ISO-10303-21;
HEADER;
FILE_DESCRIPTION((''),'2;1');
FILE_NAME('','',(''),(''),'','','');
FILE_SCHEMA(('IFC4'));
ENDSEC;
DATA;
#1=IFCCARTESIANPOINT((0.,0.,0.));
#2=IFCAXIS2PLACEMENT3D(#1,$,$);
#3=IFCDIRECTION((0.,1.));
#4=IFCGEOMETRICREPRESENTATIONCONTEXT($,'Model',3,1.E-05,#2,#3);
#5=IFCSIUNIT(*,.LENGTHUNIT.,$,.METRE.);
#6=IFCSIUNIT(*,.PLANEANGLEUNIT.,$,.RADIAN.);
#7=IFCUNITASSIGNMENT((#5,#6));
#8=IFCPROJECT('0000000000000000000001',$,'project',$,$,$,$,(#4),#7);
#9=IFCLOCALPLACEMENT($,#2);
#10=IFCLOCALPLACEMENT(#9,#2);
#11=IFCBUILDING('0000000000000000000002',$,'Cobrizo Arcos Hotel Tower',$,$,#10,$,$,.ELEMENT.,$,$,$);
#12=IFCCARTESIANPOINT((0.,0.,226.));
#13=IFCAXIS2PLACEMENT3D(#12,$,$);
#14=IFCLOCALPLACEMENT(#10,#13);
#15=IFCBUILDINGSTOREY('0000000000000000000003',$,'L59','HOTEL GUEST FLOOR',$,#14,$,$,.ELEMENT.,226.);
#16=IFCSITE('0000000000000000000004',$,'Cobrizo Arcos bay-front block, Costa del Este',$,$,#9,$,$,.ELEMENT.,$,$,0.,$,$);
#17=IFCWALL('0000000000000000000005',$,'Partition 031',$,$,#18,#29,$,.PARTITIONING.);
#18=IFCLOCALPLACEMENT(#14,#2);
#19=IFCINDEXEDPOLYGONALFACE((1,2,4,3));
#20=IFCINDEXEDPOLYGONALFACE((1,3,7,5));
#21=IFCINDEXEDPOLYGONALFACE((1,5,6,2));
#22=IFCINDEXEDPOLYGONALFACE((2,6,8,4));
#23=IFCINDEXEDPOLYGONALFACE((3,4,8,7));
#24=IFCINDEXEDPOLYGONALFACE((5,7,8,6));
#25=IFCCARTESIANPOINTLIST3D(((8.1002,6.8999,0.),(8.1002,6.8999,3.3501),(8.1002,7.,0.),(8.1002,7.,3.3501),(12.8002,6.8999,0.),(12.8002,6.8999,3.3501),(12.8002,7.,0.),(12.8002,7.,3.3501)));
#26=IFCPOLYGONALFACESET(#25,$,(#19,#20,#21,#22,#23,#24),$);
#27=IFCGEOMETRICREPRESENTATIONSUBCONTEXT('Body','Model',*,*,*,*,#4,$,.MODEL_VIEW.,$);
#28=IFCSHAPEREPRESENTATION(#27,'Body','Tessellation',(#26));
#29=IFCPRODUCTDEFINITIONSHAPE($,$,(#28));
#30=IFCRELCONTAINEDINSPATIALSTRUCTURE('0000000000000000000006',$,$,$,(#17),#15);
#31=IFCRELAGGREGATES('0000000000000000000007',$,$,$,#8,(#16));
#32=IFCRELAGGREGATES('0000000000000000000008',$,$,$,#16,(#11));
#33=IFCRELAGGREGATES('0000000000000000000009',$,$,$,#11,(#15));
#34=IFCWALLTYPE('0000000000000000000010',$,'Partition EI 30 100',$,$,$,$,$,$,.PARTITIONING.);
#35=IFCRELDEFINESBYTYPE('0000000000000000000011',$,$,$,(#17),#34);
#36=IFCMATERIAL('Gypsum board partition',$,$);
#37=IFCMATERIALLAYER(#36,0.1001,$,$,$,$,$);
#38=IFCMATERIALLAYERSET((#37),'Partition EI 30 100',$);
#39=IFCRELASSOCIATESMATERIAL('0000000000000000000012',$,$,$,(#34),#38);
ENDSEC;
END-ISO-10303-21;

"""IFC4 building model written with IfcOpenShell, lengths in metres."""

from ifc_helpers import new_model, si_unit, direction, frame, frame_2d, origin, place, context, subcontext, project, spatial, rectangle, extrude, material, layer, layer_set, type_object, element, save


model = new_model("IFC4")

# Units and contexts
model_context = context("Model", 3, precision=1e-05, world=origin(), true_north=direction((0.0, 1.0)))
body_context = subcontext(model_context, "Body", "Model", "MODEL_VIEW")
ifc_project = project(units=[si_unit("LENGTHUNIT", "METRE"), si_unit("PLANEANGLEUNIT", "RADIAN")], contexts=[model_context])

# Site, building, storey
site_placement = place(None, origin())
site = spatial("IfcSite", under=ifc_project, at=site_placement, Name="Cobrizo Arcos bay-front block, Costa del Este", CompositionType="ELEMENT", RefElevation=0.0)
building_placement = place(site_placement, origin())
building = spatial("IfcBuilding", under=site, at=building_placement, Name="Cobrizo Arcos Hotel Tower", CompositionType="ELEMENT")
storey_placement = place(building_placement, frame((0.0, 0.0, 226.0)))
storey = spatial("IfcBuildingStorey", under=building, at=storey_placement, Name="L59", Description="HOTEL GUEST FLOOR", CompositionType="ELEMENT", Elevation=226.0)

# Shared definitions
ifc_material_1 = material(Name="Gypsum board partition")

# Wall
ifc_layer_1 = layer(ifc_material_1, 0.1001)
ifc_layer_set_1 = layer_set([ifc_layer_1], Name="Partition EI 30 100")
wall_type_1 = type_object("IfcWallType", Name="Partition EI 30 100", PredefinedType="PARTITIONING", material=ifc_layer_set_1)
wall_1_placement = place(storey_placement, frame((8.1001, 6.95, 0.0), z_axis=(0.0, 0.0, 1.0), x_axis=(1.0, 0.0, 0.0)))
element("IfcWall", 1, at=wall_1_placement, inside=storey, type_object=wall_type_1, Name="Partition 031", PredefinedType="PARTITIONING", context=body_context, shape_type="SweptSolid", body=[
    extrude(rectangle(XDim=4.7, YDim=0.1001, at=frame_2d((2.3501, 0.0))), origin(), (0.0, 0.0, 1.0), 3.3501),
])

save(model, "model.ifc")
